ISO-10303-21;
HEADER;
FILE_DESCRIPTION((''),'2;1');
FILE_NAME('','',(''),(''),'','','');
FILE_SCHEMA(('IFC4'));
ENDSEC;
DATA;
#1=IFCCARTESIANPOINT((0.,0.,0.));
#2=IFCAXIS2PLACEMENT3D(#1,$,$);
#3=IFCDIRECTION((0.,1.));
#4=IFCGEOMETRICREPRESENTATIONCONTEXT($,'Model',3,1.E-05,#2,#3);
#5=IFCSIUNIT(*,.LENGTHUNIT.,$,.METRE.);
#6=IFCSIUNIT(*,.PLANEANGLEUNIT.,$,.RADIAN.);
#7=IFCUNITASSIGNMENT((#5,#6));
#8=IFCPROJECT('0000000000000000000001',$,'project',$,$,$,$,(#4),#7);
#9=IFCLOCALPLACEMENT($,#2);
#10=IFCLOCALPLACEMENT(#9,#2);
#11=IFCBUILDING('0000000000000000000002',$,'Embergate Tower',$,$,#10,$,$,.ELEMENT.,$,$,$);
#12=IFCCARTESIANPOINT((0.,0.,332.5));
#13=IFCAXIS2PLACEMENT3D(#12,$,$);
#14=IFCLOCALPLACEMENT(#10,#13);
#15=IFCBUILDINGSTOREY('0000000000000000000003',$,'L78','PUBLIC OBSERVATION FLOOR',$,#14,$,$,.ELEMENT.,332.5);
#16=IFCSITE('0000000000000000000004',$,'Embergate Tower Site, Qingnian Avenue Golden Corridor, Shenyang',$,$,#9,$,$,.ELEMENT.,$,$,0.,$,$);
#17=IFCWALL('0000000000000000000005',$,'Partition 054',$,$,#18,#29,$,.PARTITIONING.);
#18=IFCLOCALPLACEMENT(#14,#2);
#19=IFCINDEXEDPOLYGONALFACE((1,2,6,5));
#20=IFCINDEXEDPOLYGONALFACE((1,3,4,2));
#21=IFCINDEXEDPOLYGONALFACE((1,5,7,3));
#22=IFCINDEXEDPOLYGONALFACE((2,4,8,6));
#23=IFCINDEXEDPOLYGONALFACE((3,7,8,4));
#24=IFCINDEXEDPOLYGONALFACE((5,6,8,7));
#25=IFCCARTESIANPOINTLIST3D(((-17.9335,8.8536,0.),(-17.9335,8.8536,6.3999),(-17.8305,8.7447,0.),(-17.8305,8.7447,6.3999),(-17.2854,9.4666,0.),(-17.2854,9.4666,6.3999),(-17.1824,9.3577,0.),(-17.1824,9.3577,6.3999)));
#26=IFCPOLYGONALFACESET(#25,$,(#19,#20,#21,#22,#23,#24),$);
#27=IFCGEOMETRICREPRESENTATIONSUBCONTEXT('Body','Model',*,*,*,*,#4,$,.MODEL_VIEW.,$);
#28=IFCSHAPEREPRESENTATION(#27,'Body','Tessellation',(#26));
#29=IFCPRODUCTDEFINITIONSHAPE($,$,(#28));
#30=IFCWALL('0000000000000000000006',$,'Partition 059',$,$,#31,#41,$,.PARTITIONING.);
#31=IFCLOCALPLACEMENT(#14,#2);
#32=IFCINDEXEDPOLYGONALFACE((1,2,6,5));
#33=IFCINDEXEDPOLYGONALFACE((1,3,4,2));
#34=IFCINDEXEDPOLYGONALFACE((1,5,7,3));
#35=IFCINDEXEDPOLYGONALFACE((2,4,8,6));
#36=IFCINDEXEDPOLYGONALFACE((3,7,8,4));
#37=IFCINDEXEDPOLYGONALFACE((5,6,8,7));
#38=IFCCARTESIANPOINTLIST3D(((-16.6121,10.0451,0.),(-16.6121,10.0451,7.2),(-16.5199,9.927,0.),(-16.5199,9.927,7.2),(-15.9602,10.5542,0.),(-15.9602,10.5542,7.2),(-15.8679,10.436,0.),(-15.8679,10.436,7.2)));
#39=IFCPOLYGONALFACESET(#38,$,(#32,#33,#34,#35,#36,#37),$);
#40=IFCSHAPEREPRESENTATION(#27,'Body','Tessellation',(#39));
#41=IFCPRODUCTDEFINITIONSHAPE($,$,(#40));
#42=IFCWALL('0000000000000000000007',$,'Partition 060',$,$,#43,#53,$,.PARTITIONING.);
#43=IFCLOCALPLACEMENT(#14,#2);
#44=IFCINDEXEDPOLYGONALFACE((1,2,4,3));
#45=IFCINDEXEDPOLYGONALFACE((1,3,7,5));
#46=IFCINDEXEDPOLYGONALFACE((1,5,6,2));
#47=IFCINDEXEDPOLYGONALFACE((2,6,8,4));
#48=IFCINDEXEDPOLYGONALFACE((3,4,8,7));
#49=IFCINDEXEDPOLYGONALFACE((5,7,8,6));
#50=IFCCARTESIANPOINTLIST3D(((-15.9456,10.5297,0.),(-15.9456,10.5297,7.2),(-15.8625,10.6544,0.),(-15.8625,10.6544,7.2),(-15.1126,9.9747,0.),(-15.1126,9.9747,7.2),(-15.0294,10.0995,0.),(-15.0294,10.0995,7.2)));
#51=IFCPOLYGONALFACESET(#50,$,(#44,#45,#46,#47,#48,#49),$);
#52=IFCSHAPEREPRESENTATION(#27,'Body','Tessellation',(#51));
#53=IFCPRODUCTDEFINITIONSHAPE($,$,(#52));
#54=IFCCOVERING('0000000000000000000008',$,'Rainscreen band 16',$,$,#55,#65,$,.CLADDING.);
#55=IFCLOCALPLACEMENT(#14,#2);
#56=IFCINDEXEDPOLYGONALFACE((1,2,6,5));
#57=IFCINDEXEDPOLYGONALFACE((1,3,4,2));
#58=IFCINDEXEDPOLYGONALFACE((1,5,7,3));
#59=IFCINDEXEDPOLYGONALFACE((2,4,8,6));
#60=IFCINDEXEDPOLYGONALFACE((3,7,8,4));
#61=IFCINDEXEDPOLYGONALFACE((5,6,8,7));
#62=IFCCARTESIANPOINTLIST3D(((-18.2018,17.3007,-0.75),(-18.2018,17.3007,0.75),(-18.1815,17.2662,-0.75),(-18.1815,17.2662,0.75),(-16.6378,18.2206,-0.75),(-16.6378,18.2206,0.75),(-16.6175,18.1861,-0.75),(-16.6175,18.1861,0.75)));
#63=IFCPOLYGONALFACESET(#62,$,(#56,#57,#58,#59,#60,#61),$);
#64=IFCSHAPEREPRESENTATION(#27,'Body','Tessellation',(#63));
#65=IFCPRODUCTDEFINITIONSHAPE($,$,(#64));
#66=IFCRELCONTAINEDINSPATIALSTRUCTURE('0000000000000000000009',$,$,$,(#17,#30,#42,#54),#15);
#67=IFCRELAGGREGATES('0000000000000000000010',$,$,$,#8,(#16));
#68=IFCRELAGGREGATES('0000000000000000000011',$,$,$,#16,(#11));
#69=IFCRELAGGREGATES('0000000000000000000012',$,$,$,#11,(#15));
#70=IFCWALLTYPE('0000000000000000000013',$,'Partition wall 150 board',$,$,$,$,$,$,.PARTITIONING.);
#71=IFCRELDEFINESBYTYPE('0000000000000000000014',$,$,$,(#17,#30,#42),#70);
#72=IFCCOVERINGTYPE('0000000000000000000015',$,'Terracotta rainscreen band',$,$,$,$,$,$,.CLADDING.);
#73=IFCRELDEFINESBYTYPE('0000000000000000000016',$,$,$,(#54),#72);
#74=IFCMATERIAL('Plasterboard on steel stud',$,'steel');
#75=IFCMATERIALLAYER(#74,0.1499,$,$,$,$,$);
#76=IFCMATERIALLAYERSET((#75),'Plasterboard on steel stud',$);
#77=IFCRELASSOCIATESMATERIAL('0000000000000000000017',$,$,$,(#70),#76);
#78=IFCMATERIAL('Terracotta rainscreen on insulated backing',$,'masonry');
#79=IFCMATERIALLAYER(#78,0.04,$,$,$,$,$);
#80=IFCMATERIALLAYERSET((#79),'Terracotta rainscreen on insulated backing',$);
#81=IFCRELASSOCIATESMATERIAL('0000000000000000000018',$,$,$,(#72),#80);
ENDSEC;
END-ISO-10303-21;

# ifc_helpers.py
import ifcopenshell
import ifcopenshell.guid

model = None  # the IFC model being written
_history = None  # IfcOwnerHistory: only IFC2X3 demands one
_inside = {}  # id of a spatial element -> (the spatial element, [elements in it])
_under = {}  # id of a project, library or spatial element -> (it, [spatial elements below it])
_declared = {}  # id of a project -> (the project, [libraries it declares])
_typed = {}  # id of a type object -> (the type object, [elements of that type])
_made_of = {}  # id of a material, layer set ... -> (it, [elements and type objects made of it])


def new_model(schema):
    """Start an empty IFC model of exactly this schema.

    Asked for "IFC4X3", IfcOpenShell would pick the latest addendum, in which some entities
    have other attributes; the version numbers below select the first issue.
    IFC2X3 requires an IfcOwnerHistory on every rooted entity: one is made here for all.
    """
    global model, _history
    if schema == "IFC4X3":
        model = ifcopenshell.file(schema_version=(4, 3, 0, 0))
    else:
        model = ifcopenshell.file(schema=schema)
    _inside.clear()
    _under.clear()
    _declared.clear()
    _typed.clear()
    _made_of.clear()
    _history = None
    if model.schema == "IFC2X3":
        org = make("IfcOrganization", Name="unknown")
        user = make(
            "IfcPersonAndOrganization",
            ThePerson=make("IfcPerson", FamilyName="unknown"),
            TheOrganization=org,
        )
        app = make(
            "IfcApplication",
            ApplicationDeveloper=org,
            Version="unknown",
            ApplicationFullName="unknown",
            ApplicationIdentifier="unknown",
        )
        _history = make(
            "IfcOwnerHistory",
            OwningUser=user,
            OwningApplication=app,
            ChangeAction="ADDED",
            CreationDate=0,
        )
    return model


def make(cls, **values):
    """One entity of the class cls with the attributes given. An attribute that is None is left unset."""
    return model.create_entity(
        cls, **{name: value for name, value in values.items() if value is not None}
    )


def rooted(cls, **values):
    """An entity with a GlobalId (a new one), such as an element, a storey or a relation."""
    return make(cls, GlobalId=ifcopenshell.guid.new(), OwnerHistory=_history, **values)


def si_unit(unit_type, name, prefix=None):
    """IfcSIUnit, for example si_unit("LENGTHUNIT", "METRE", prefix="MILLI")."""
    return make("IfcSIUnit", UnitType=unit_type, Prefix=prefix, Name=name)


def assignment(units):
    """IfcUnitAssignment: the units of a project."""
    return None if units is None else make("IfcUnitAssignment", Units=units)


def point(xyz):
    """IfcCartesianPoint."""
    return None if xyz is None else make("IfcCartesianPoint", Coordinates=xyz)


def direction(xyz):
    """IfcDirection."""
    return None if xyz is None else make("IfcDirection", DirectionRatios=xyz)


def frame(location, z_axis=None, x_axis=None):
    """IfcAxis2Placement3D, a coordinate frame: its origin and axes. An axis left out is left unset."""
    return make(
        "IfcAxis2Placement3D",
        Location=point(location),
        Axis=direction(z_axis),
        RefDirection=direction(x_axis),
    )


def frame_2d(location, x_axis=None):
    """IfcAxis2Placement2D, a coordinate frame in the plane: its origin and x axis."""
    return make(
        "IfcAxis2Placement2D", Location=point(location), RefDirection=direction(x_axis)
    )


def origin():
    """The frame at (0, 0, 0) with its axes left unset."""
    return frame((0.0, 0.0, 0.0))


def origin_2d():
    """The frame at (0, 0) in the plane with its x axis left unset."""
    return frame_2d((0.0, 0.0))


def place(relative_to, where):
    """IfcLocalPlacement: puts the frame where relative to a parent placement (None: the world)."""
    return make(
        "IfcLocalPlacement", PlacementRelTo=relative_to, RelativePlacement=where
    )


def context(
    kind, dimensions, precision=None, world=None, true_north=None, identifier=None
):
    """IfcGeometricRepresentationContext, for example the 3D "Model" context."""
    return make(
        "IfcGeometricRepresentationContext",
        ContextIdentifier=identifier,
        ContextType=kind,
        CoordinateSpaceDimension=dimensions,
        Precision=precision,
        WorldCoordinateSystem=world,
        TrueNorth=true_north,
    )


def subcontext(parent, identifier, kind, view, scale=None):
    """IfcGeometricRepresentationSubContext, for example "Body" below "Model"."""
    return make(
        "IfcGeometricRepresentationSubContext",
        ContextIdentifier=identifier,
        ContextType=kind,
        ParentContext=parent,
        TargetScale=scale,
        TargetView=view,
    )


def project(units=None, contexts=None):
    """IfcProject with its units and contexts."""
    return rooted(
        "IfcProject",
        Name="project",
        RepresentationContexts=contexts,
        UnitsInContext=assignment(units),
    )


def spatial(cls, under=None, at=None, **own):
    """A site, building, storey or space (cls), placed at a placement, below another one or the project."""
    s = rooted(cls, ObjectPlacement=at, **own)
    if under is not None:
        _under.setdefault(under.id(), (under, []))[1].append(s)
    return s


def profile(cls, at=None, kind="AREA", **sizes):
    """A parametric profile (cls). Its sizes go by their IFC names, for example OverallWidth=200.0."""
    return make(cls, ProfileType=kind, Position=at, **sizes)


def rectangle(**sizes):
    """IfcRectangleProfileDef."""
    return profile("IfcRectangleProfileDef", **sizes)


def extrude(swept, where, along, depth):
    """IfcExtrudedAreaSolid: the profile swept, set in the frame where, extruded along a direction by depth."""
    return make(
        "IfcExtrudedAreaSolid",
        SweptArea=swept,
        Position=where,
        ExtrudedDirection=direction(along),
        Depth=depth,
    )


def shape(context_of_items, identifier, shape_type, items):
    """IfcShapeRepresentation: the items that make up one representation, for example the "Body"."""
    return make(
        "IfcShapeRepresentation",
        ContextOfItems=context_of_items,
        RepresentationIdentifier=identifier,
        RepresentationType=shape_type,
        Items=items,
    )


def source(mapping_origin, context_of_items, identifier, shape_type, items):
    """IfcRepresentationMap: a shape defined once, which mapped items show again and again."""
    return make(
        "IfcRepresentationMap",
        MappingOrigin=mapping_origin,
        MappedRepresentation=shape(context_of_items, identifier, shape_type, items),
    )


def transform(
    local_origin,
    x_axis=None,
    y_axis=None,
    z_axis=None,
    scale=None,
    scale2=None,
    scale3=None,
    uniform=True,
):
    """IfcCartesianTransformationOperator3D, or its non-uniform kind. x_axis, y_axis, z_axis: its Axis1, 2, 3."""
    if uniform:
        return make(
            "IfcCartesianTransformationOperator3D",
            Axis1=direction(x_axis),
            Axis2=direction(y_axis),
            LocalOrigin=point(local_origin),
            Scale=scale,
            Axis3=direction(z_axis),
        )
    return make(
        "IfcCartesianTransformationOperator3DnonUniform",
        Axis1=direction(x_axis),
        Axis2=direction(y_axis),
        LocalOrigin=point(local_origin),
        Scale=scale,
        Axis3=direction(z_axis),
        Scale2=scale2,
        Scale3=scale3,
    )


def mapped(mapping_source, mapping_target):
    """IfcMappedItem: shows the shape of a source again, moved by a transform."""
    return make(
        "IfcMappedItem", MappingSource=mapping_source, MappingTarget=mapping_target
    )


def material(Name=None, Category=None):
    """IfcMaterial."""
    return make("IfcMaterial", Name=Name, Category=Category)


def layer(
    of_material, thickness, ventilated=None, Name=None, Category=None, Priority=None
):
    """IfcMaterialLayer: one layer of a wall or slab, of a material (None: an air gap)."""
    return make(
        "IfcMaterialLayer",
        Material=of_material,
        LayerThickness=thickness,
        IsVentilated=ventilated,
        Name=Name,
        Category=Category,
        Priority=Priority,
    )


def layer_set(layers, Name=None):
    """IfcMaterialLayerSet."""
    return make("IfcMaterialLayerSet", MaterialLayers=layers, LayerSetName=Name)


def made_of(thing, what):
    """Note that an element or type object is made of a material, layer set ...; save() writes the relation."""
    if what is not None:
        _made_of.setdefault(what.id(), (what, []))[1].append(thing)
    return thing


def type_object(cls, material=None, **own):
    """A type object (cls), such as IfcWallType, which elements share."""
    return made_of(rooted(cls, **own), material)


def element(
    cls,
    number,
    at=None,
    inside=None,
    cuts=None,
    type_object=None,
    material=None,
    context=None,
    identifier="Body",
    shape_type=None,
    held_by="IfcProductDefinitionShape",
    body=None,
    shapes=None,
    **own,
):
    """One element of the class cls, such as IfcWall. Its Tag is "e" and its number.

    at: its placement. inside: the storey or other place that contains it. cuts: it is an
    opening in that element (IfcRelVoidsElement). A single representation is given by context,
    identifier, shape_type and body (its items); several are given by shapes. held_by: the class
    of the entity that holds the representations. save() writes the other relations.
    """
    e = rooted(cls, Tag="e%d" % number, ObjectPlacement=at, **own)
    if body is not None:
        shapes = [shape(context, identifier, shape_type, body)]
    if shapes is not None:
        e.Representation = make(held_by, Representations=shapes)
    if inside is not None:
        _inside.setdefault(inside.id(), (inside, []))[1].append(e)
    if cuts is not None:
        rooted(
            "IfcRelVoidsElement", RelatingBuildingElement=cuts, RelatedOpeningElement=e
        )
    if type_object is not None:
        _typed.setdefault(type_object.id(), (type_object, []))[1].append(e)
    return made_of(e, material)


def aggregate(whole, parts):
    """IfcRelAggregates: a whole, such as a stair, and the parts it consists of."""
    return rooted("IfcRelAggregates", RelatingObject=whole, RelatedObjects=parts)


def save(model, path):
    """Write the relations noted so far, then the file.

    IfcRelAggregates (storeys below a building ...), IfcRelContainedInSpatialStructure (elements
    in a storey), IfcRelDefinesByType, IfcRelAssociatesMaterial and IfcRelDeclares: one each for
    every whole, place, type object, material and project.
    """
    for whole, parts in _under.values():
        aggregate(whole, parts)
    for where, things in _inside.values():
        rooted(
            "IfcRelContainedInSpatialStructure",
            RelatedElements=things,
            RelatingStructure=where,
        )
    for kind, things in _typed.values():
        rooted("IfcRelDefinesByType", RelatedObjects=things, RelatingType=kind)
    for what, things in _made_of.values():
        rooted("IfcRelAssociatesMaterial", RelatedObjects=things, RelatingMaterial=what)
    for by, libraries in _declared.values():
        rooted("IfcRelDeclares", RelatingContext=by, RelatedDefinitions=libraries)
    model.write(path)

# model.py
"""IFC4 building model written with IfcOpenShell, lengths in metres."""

from ifc_helpers import new_model, si_unit, direction, frame, frame_2d, origin, origin_2d, place, context, subcontext, project, spatial, rectangle, extrude, source, transform, mapped, material, layer, layer_set, type_object, element, save


model = new_model("IFC4")

# Units and contexts
model_context = context("Model", 3, precision=1e-05, world=origin(), true_north=direction((0.0, 1.0)))
body_context = subcontext(model_context, "Body", "Model", "MODEL_VIEW")
ifc_project = project(units=[si_unit("LENGTHUNIT", "METRE"), si_unit("PLANEANGLEUNIT", "RADIAN")], contexts=[model_context])

# Site, building, storey
site_placement = place(None, origin())
site = spatial("IfcSite", under=ifc_project, at=site_placement, Name="Embergate Tower Site, Qingnian Avenue Golden Corridor, Shenyang", CompositionType="ELEMENT", RefElevation=0.0)
building_placement = place(site_placement, origin())
building = spatial("IfcBuilding", under=site, at=building_placement, Name="Embergate Tower", CompositionType="ELEMENT")
storey_placement = place(building_placement, frame((0.0, 0.0, 332.5)))
storey = spatial("IfcBuildingStorey", under=building, at=storey_placement, Name="L78", Description="PUBLIC OBSERVATION FLOOR", CompositionType="ELEMENT", Elevation=332.5)

# Shared definitions
ifc_material_1 = material(Name="Plasterboard on steel stud", Category="steel")
ifc_layer_1 = layer(ifc_material_1, 0.1499)
ifc_layer_set_1 = layer_set([ifc_layer_1], Name="Plasterboard on steel stud")
wall_type = type_object("IfcWallType", Name="Partition wall 150 board", PredefinedType="PARTITIONING", material=ifc_layer_set_1)

# Walls
shared_shape_1 = source(origin(), body_context, "Body", "SweptSolid", [
    extrude(rectangle(XDim=0.8921, YDim=0.1499, at=frame_2d((0.446, 0.0))), origin(), (0.0, 0.0, 1.0), 6.3999),
])
wall_1_placement = place(storey_placement, frame((-17.2339, 9.4121, 0.0), z_axis=(0.0, 0.0, 1.0), x_axis=(-0.726535, -0.68713, 0.0)))
element("IfcWall", 1, at=wall_1_placement, inside=storey, type_object=wall_type, Name="Partition 054", PredefinedType="PARTITIONING", context=body_context, shape_type="MappedRepresentation", body=[
    mapped(shared_shape_1, transform((0.0, 0.0, 0.0))),
])
shared_shape_2 = source(origin(), body_context, "Body", "SweptSolid", [
    extrude(rectangle(XDim=0.8271, YDim=0.1499, at=frame_2d((0.4136, 0.0))), origin(), (0.0, 0.0, 1.0), 7.2),
])
wall_2_placement = place(storey_placement, frame((-15.9141, 10.4951, 0.0), z_axis=(0.0, 0.0, 1.0), x_axis=(-0.788159, -0.615472, 0.0)))
element("IfcWall", 2, at=wall_2_placement, inside=storey, type_object=wall_type, Name="Partition 059", PredefinedType="PARTITIONING", context=body_context, shape_type="MappedRepresentation", body=[
    mapped(shared_shape_2, transform((0.0, 0.0, 0.0))),
])
shared_shape_3 = source(origin(), body_context, "Body", "SweptSolid", [
    extrude(rectangle(XDim=1.001, YDim=0.1499, at=frame_2d((0.5005, 0.0))), origin(), (0.0, 0.0, 1.0), 7.2),
])
wall_3_placement = place(storey_placement, frame((-15.9041, 10.592, 0.0), z_axis=(0.0, 0.0, 1.0), x_axis=(0.832238, -0.554419, 0.0)))
element("IfcWall", 3, at=wall_3_placement, inside=storey, type_object=wall_type, Name="Partition 060", PredefinedType="PARTITIONING", context=body_context, shape_type="MappedRepresentation", body=[
    mapped(shared_shape_3, transform((0.0, 0.0, 0.0))),
])

# Covering
ifc_material_2 = material(Name="Terracotta rainscreen on insulated backing", Category="masonry")
ifc_layer_2 = layer(ifc_material_2, 0.04)
ifc_layer_set_2 = layer_set([ifc_layer_2], Name="Terracotta rainscreen on insulated backing")
covering_type = type_object("IfcCoveringType", Name="Terracotta rainscreen band", PredefinedType="CLADDING", material=ifc_layer_set_2)
shared_shape_4 = source(origin(), body_context, "Body", "SweptSolid", [
    extrude(rectangle(XDim=1.8145, YDim=0.04, at=origin_2d()), origin(), (0.0, 0.0, 1.0), 1.5),
])
covering_placement = place(storey_placement, frame((-17.4097, 17.7434, -0.75), z_axis=(0.0, 0.0, 1.0), x_axis=(-0.861935, -0.507019, 0.0)))
element("IfcCovering", 4, at=covering_placement, inside=storey, type_object=covering_type, Name="Rainscreen band 16", PredefinedType="CLADDING", context=body_context, shape_type="MappedRepresentation", body=[
    mapped(shared_shape_4, transform((0.0, 0.0, 0.0))),
])

save(model, "model.ifc")
